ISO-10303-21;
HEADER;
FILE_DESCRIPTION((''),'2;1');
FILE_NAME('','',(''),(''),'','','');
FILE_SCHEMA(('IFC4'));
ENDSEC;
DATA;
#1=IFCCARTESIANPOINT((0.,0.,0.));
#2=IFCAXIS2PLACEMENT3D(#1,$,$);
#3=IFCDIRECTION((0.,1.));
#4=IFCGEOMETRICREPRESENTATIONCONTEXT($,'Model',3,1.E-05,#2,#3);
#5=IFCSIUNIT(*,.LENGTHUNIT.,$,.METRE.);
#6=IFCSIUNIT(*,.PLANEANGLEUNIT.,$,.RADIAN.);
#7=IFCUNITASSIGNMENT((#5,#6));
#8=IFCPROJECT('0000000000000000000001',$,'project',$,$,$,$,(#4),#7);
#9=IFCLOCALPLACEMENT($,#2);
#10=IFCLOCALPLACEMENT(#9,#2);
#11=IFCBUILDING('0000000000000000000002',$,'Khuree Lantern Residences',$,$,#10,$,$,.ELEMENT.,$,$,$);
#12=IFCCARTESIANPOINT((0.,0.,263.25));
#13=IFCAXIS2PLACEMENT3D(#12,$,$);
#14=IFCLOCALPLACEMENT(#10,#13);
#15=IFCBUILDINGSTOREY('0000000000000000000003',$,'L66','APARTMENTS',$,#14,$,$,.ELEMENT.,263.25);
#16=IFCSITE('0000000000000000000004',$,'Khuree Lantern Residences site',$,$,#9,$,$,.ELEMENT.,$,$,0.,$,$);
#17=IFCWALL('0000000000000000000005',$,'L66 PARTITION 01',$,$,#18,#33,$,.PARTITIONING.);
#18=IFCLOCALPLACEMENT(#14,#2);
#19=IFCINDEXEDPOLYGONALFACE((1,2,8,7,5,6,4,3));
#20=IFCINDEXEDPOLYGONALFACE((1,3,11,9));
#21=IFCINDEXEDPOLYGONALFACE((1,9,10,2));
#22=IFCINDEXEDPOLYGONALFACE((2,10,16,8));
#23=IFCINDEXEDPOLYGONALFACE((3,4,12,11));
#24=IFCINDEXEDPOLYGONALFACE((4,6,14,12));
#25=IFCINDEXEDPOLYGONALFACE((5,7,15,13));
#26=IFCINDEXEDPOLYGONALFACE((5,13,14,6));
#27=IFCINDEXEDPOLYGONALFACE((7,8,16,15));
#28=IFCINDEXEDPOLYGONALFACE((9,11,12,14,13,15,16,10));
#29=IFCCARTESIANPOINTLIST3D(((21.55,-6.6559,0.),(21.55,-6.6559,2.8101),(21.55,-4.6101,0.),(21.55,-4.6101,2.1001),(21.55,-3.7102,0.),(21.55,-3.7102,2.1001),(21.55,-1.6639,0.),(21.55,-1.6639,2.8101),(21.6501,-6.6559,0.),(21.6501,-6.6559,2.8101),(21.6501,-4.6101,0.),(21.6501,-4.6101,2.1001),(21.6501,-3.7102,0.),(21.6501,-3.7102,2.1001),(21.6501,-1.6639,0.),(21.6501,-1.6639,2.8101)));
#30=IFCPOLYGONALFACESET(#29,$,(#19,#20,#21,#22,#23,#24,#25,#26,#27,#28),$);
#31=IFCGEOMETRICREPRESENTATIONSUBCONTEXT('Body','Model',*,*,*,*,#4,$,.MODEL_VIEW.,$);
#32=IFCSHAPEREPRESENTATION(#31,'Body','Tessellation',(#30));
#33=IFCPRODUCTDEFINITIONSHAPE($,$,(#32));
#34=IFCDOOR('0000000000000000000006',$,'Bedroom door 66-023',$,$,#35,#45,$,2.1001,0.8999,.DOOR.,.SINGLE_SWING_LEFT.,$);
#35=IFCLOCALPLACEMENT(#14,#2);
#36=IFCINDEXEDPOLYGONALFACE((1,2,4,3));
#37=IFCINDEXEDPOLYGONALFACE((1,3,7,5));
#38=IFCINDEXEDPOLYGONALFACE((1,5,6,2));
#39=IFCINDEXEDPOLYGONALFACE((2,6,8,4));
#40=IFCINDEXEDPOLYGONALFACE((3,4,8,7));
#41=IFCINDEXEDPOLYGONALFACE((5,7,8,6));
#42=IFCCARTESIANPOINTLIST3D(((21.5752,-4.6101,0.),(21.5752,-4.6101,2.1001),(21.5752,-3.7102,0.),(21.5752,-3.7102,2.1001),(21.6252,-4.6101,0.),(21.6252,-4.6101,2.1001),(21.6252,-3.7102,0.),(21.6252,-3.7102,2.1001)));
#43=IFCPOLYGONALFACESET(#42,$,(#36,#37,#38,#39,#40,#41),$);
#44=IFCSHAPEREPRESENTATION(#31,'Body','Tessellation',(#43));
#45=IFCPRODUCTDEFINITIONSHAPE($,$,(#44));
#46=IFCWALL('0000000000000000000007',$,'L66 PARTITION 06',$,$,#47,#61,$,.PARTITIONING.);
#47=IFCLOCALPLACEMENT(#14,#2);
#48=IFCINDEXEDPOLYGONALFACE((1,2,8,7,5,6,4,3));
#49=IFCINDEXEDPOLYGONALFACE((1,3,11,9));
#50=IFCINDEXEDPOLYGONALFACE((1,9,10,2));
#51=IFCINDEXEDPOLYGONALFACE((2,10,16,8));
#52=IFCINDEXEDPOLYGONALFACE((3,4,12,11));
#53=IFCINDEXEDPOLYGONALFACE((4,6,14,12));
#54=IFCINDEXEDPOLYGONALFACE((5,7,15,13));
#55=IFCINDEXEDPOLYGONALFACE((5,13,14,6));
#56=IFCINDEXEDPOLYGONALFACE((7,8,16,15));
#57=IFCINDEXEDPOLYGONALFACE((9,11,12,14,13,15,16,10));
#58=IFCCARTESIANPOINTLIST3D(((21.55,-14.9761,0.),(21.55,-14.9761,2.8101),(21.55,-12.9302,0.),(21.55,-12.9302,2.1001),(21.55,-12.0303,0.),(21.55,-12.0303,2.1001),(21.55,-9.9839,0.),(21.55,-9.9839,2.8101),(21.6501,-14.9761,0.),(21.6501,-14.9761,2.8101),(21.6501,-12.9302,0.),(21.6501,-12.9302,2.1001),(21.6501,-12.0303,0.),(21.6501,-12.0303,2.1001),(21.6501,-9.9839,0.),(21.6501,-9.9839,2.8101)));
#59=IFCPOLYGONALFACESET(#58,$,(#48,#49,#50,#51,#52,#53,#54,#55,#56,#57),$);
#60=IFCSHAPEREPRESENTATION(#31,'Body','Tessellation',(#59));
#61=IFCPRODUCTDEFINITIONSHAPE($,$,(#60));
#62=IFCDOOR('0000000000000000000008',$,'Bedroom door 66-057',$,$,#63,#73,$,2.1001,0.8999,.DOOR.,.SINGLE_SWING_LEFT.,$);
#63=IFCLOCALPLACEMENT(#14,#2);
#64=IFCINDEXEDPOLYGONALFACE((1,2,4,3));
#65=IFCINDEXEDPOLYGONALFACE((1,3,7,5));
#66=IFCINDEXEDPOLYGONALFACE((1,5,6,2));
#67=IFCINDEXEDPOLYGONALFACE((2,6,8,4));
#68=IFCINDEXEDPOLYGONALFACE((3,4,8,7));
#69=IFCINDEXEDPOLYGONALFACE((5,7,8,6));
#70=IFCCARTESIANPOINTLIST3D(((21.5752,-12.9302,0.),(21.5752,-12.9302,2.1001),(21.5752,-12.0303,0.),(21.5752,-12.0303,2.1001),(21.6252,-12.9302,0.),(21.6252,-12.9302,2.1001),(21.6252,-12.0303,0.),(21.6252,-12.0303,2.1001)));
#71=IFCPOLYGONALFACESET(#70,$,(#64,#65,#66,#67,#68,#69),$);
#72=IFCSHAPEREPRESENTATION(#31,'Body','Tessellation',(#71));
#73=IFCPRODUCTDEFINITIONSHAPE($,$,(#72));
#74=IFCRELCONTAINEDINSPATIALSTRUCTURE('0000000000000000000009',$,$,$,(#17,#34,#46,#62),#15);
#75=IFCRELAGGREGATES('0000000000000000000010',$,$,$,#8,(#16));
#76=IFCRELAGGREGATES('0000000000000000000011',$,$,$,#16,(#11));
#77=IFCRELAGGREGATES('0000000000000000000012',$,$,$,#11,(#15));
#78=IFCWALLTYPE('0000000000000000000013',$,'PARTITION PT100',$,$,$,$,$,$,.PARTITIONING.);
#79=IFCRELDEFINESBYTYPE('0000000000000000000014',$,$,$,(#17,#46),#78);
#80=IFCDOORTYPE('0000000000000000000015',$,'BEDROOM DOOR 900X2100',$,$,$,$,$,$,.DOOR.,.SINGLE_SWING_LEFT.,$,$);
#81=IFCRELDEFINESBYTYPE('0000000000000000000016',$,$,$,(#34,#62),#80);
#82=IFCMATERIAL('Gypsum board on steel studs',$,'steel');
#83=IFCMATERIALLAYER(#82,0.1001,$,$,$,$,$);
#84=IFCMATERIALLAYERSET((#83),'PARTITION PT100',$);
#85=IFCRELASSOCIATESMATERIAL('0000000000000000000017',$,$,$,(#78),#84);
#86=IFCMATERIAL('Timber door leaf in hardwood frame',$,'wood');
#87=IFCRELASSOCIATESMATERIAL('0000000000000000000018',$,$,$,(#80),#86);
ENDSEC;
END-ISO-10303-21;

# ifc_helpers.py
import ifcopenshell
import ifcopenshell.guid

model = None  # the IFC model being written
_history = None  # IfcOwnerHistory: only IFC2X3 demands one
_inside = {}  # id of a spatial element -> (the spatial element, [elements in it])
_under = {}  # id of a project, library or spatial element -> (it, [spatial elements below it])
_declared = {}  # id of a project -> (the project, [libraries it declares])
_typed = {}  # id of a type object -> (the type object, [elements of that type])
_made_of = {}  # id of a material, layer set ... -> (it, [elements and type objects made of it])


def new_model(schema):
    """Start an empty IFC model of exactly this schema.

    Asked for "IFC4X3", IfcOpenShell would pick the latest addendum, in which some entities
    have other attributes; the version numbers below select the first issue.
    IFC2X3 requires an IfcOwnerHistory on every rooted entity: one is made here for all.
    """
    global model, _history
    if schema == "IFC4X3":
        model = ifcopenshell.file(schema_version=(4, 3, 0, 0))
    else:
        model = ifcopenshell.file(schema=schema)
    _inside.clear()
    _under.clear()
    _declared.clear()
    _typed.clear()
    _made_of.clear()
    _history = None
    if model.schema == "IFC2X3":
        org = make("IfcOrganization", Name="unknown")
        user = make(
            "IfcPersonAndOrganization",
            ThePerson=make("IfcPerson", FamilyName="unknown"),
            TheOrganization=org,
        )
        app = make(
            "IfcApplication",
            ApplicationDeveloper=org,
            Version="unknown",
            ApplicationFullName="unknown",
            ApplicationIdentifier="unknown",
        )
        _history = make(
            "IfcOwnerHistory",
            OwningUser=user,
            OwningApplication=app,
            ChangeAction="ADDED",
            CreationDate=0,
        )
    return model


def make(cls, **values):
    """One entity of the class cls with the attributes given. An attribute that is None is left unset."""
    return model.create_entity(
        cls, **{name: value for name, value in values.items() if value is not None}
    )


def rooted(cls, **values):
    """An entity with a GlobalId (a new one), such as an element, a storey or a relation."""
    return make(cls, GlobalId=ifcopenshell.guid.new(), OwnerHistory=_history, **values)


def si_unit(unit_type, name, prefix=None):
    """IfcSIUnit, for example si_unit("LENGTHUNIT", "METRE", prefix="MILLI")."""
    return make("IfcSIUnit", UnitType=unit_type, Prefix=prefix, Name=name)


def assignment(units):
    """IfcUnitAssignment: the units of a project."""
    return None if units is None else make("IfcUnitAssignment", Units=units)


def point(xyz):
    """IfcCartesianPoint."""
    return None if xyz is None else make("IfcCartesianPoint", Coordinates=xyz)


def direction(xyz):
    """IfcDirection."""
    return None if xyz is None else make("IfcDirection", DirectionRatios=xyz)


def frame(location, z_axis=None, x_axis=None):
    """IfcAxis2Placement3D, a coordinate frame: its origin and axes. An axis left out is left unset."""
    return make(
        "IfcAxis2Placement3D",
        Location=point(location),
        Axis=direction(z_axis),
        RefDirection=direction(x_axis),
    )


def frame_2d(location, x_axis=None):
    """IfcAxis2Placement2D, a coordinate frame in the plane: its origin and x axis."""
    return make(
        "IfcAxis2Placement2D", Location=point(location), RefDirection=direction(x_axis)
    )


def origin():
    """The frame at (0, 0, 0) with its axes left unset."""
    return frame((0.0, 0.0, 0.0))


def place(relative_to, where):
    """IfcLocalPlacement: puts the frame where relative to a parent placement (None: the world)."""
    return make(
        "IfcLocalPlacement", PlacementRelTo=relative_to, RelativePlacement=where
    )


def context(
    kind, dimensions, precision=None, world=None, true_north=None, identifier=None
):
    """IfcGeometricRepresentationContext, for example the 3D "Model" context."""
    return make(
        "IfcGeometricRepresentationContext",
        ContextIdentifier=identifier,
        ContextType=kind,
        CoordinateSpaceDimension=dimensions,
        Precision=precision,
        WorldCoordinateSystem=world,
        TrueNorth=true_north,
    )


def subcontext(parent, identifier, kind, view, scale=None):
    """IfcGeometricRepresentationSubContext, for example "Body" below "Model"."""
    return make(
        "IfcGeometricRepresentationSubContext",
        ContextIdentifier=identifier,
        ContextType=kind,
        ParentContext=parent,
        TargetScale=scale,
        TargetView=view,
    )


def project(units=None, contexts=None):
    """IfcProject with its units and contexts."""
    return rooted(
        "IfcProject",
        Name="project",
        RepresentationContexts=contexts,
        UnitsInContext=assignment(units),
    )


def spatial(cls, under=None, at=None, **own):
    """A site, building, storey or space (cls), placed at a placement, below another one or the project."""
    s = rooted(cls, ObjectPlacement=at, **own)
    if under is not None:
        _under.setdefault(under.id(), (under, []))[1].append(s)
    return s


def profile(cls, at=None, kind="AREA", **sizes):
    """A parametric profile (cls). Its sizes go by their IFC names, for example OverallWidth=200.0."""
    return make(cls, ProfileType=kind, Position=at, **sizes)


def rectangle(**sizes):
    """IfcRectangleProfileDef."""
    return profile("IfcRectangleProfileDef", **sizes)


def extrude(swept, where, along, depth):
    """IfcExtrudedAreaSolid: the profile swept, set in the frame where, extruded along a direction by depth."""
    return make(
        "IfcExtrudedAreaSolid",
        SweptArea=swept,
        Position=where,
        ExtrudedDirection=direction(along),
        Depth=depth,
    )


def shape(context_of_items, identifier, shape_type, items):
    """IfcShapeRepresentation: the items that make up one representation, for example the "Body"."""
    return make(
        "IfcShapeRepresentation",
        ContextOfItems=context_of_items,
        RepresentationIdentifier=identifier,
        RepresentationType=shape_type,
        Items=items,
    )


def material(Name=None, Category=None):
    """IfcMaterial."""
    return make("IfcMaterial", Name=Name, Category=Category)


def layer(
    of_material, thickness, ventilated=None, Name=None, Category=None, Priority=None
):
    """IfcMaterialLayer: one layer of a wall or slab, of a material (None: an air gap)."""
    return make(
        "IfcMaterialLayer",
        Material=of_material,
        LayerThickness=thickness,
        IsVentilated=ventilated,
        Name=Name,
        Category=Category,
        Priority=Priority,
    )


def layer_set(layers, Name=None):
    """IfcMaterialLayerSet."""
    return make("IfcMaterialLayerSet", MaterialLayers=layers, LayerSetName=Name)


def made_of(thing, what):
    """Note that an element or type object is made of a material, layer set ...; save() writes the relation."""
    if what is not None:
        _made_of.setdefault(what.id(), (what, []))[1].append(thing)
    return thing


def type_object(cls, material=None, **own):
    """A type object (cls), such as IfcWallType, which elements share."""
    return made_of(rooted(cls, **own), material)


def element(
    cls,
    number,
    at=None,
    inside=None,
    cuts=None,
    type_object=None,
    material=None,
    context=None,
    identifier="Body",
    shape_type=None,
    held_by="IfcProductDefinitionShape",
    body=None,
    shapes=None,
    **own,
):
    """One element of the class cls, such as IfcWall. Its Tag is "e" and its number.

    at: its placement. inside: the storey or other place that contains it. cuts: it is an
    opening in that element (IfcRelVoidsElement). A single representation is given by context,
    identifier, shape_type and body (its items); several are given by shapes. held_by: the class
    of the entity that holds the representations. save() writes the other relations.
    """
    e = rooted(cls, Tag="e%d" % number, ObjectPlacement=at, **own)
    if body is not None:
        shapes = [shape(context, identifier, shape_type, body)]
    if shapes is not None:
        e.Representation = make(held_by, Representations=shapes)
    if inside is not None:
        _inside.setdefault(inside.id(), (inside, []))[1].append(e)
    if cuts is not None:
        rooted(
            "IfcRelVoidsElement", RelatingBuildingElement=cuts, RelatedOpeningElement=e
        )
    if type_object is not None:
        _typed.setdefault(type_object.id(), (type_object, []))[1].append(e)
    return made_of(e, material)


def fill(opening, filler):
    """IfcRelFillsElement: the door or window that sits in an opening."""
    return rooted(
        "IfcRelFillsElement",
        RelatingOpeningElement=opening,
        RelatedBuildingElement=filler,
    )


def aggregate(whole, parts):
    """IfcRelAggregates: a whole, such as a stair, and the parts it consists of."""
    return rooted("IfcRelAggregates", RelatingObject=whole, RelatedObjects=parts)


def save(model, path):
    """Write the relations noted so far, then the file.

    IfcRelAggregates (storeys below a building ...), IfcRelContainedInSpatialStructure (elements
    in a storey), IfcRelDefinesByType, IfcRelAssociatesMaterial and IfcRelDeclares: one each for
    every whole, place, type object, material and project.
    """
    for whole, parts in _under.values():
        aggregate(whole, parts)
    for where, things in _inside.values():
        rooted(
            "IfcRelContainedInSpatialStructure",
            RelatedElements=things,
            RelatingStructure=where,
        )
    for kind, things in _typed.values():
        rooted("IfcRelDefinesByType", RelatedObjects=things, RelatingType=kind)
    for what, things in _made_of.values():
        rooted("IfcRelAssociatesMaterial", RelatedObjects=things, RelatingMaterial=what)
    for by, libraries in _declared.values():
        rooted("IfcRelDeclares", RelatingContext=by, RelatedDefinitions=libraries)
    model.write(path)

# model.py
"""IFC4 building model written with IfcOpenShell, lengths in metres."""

from ifc_helpers import new_model, si_unit, direction, frame, frame_2d, origin, place, context, subcontext, project, spatial, rectangle, extrude, material, layer, layer_set, type_object, element, fill, save


model = new_model("IFC4")

# Units and contexts
model_context = context("Model", 3, precision=1e-05, world=origin(), true_north=direction((0.0, 1.0)))
body_context = subcontext(model_context, "Body", "Model", "MODEL_VIEW")
ifc_project = project(units=[si_unit("LENGTHUNIT", "METRE"), si_unit("PLANEANGLEUNIT", "RADIAN")], contexts=[model_context])

# Site, building, storey
site_placement = place(None, origin())
site = spatial("IfcSite", under=ifc_project, at=site_placement, Name="Khuree Lantern Residences site", CompositionType="ELEMENT", RefElevation=0.0)
building_placement = place(site_placement, origin())
building = spatial("IfcBuilding", under=site, at=building_placement, Name="Khuree Lantern Residences", CompositionType="ELEMENT")
storey_placement = place(building_placement, frame((0.0, 0.0, 263.25)))
storey = spatial("IfcBuildingStorey", under=building, at=storey_placement, Name="L66", Description="APARTMENTS", CompositionType="ELEMENT", Elevation=263.25)

# Shared definitions
ifc_material_1 = material(Name="Timber door leaf in hardwood frame", Category="wood")

# Shared definitions
ifc_material_2 = material(Name="Gypsum board on steel studs", Category="steel")

# Shared definitions
ifc_layer_1 = layer(ifc_material_2, 0.1001)
ifc_layer_set_1 = layer_set([ifc_layer_1], Name="PARTITION PT100")
wall_type_1 = type_object("IfcWallType", Name="PARTITION PT100", PredefinedType="PARTITIONING", material=ifc_layer_set_1)

# Walls, openings, doors
wall_1_placement = place(storey_placement, frame((21.6001, -6.656, 0.0), z_axis=(0.0, 0.0, 1.0), x_axis=(0.0, 1.0, 0.0)))
wall_1 = element("IfcWall", 1, at=wall_1_placement, inside=storey, type_object=wall_type_1, Name="L66 PARTITION 01", PredefinedType="PARTITIONING", context=body_context, shape_type="SweptSolid", body=[
    extrude(rectangle(XDim=4.9919, YDim=0.1001, at=frame_2d((2.4961, 0.0))), origin(), (0.0, 0.0, 1.0), 2.8101),
])
opening_1_placement = place(wall_1_placement, frame((2.0459, 0.0, 0.0)))
opening_1 = element("IfcOpeningElement", 2, at=opening_1_placement, cuts=wall_1, PredefinedType="OPENING", context=body_context, shape_type="SweptSolid", body=[
    extrude(rectangle(XDim=0.8999, YDim=2.1001, at=frame_2d((0.45, 1.05))), frame((0.0, 0.0601, 0.0), z_axis=(0.0, -1.0, 0.0), x_axis=(1.0, 0.0, 0.0)), (0.0, 0.0, 1.0), 0.1201),
])
door_type_1 = type_object("IfcDoorType", Name="BEDROOM DOOR 900X2100", OperationType="SINGLE_SWING_LEFT", PredefinedType="DOOR", material=ifc_material_1)
door_1_placement = place(opening_1_placement, origin())
door_1 = element("IfcDoor", 3, at=door_1_placement, inside=storey, type_object=door_type_1, Name="Bedroom door 66-023", OperationType="SINGLE_SWING_LEFT", OverallHeight=2.1001, OverallWidth=0.8999, PredefinedType="DOOR", context=body_context, shape_type="SweptSolid", body=[
    extrude(rectangle(XDim=0.8999, YDim=2.1001, at=frame_2d((0.45, 1.05))), frame((0.0, 0.0249, 0.0), z_axis=(0.0, -1.0, 0.0), x_axis=(1.0, 0.0, 0.0)), (0.0, 0.0, 1.0), 0.05),
])
fill(opening_1, door_1)
wall_2_placement = place(storey_placement, frame((21.6001, -14.9761, 0.0), z_axis=(0.0, 0.0, 1.0), x_axis=(0.0, 1.0, 0.0)))
wall_2 = element("IfcWall", 4, at=wall_2_placement, inside=storey, type_object=wall_type_1, Name="L66 PARTITION 06", PredefinedType="PARTITIONING", context=body_context, shape_type="SweptSolid", body=[
    extrude(rectangle(XDim=4.9922, YDim=0.1001, at=frame_2d((2.4961, 0.0))), origin(), (0.0, 0.0, 1.0), 2.8101),
])
opening_2_placement = place(wall_2_placement, frame((2.0459, 0.0, 0.0)))
opening_2 = element("IfcOpeningElement", 5, at=opening_2_placement, cuts=wall_2, PredefinedType="OPENING", context=body_context, shape_type="SweptSolid", body=[
    extrude(rectangle(XDim=0.8999, YDim=2.1001, at=frame_2d((0.45, 1.05))), frame((0.0, 0.0601, 0.0), z_axis=(0.0, -1.0, 0.0), x_axis=(1.0, 0.0, 0.0)), (0.0, 0.0, 1.0), 0.1201),
])
door_2_placement = place(opening_2_placement, origin())
door_2 = element("IfcDoor", 6, at=door_2_placement, inside=storey, type_object=door_type_1, Name="Bedroom door 66-057", OperationType="SINGLE_SWING_LEFT", OverallHeight=2.1001, OverallWidth=0.8999, PredefinedType="DOOR", context=body_context, shape_type="SweptSolid", body=[
    extrude(rectangle(XDim=0.8999, YDim=2.1001, at=frame_2d((0.45, 1.05))), frame((0.0, 0.0249, 0.0), z_axis=(0.0, -1.0, 0.0), x_axis=(1.0, 0.0, 0.0)), (0.0, 0.0, 1.0), 0.05),
])
fill(opening_2, door_2)

save(model, "model.ifc")
